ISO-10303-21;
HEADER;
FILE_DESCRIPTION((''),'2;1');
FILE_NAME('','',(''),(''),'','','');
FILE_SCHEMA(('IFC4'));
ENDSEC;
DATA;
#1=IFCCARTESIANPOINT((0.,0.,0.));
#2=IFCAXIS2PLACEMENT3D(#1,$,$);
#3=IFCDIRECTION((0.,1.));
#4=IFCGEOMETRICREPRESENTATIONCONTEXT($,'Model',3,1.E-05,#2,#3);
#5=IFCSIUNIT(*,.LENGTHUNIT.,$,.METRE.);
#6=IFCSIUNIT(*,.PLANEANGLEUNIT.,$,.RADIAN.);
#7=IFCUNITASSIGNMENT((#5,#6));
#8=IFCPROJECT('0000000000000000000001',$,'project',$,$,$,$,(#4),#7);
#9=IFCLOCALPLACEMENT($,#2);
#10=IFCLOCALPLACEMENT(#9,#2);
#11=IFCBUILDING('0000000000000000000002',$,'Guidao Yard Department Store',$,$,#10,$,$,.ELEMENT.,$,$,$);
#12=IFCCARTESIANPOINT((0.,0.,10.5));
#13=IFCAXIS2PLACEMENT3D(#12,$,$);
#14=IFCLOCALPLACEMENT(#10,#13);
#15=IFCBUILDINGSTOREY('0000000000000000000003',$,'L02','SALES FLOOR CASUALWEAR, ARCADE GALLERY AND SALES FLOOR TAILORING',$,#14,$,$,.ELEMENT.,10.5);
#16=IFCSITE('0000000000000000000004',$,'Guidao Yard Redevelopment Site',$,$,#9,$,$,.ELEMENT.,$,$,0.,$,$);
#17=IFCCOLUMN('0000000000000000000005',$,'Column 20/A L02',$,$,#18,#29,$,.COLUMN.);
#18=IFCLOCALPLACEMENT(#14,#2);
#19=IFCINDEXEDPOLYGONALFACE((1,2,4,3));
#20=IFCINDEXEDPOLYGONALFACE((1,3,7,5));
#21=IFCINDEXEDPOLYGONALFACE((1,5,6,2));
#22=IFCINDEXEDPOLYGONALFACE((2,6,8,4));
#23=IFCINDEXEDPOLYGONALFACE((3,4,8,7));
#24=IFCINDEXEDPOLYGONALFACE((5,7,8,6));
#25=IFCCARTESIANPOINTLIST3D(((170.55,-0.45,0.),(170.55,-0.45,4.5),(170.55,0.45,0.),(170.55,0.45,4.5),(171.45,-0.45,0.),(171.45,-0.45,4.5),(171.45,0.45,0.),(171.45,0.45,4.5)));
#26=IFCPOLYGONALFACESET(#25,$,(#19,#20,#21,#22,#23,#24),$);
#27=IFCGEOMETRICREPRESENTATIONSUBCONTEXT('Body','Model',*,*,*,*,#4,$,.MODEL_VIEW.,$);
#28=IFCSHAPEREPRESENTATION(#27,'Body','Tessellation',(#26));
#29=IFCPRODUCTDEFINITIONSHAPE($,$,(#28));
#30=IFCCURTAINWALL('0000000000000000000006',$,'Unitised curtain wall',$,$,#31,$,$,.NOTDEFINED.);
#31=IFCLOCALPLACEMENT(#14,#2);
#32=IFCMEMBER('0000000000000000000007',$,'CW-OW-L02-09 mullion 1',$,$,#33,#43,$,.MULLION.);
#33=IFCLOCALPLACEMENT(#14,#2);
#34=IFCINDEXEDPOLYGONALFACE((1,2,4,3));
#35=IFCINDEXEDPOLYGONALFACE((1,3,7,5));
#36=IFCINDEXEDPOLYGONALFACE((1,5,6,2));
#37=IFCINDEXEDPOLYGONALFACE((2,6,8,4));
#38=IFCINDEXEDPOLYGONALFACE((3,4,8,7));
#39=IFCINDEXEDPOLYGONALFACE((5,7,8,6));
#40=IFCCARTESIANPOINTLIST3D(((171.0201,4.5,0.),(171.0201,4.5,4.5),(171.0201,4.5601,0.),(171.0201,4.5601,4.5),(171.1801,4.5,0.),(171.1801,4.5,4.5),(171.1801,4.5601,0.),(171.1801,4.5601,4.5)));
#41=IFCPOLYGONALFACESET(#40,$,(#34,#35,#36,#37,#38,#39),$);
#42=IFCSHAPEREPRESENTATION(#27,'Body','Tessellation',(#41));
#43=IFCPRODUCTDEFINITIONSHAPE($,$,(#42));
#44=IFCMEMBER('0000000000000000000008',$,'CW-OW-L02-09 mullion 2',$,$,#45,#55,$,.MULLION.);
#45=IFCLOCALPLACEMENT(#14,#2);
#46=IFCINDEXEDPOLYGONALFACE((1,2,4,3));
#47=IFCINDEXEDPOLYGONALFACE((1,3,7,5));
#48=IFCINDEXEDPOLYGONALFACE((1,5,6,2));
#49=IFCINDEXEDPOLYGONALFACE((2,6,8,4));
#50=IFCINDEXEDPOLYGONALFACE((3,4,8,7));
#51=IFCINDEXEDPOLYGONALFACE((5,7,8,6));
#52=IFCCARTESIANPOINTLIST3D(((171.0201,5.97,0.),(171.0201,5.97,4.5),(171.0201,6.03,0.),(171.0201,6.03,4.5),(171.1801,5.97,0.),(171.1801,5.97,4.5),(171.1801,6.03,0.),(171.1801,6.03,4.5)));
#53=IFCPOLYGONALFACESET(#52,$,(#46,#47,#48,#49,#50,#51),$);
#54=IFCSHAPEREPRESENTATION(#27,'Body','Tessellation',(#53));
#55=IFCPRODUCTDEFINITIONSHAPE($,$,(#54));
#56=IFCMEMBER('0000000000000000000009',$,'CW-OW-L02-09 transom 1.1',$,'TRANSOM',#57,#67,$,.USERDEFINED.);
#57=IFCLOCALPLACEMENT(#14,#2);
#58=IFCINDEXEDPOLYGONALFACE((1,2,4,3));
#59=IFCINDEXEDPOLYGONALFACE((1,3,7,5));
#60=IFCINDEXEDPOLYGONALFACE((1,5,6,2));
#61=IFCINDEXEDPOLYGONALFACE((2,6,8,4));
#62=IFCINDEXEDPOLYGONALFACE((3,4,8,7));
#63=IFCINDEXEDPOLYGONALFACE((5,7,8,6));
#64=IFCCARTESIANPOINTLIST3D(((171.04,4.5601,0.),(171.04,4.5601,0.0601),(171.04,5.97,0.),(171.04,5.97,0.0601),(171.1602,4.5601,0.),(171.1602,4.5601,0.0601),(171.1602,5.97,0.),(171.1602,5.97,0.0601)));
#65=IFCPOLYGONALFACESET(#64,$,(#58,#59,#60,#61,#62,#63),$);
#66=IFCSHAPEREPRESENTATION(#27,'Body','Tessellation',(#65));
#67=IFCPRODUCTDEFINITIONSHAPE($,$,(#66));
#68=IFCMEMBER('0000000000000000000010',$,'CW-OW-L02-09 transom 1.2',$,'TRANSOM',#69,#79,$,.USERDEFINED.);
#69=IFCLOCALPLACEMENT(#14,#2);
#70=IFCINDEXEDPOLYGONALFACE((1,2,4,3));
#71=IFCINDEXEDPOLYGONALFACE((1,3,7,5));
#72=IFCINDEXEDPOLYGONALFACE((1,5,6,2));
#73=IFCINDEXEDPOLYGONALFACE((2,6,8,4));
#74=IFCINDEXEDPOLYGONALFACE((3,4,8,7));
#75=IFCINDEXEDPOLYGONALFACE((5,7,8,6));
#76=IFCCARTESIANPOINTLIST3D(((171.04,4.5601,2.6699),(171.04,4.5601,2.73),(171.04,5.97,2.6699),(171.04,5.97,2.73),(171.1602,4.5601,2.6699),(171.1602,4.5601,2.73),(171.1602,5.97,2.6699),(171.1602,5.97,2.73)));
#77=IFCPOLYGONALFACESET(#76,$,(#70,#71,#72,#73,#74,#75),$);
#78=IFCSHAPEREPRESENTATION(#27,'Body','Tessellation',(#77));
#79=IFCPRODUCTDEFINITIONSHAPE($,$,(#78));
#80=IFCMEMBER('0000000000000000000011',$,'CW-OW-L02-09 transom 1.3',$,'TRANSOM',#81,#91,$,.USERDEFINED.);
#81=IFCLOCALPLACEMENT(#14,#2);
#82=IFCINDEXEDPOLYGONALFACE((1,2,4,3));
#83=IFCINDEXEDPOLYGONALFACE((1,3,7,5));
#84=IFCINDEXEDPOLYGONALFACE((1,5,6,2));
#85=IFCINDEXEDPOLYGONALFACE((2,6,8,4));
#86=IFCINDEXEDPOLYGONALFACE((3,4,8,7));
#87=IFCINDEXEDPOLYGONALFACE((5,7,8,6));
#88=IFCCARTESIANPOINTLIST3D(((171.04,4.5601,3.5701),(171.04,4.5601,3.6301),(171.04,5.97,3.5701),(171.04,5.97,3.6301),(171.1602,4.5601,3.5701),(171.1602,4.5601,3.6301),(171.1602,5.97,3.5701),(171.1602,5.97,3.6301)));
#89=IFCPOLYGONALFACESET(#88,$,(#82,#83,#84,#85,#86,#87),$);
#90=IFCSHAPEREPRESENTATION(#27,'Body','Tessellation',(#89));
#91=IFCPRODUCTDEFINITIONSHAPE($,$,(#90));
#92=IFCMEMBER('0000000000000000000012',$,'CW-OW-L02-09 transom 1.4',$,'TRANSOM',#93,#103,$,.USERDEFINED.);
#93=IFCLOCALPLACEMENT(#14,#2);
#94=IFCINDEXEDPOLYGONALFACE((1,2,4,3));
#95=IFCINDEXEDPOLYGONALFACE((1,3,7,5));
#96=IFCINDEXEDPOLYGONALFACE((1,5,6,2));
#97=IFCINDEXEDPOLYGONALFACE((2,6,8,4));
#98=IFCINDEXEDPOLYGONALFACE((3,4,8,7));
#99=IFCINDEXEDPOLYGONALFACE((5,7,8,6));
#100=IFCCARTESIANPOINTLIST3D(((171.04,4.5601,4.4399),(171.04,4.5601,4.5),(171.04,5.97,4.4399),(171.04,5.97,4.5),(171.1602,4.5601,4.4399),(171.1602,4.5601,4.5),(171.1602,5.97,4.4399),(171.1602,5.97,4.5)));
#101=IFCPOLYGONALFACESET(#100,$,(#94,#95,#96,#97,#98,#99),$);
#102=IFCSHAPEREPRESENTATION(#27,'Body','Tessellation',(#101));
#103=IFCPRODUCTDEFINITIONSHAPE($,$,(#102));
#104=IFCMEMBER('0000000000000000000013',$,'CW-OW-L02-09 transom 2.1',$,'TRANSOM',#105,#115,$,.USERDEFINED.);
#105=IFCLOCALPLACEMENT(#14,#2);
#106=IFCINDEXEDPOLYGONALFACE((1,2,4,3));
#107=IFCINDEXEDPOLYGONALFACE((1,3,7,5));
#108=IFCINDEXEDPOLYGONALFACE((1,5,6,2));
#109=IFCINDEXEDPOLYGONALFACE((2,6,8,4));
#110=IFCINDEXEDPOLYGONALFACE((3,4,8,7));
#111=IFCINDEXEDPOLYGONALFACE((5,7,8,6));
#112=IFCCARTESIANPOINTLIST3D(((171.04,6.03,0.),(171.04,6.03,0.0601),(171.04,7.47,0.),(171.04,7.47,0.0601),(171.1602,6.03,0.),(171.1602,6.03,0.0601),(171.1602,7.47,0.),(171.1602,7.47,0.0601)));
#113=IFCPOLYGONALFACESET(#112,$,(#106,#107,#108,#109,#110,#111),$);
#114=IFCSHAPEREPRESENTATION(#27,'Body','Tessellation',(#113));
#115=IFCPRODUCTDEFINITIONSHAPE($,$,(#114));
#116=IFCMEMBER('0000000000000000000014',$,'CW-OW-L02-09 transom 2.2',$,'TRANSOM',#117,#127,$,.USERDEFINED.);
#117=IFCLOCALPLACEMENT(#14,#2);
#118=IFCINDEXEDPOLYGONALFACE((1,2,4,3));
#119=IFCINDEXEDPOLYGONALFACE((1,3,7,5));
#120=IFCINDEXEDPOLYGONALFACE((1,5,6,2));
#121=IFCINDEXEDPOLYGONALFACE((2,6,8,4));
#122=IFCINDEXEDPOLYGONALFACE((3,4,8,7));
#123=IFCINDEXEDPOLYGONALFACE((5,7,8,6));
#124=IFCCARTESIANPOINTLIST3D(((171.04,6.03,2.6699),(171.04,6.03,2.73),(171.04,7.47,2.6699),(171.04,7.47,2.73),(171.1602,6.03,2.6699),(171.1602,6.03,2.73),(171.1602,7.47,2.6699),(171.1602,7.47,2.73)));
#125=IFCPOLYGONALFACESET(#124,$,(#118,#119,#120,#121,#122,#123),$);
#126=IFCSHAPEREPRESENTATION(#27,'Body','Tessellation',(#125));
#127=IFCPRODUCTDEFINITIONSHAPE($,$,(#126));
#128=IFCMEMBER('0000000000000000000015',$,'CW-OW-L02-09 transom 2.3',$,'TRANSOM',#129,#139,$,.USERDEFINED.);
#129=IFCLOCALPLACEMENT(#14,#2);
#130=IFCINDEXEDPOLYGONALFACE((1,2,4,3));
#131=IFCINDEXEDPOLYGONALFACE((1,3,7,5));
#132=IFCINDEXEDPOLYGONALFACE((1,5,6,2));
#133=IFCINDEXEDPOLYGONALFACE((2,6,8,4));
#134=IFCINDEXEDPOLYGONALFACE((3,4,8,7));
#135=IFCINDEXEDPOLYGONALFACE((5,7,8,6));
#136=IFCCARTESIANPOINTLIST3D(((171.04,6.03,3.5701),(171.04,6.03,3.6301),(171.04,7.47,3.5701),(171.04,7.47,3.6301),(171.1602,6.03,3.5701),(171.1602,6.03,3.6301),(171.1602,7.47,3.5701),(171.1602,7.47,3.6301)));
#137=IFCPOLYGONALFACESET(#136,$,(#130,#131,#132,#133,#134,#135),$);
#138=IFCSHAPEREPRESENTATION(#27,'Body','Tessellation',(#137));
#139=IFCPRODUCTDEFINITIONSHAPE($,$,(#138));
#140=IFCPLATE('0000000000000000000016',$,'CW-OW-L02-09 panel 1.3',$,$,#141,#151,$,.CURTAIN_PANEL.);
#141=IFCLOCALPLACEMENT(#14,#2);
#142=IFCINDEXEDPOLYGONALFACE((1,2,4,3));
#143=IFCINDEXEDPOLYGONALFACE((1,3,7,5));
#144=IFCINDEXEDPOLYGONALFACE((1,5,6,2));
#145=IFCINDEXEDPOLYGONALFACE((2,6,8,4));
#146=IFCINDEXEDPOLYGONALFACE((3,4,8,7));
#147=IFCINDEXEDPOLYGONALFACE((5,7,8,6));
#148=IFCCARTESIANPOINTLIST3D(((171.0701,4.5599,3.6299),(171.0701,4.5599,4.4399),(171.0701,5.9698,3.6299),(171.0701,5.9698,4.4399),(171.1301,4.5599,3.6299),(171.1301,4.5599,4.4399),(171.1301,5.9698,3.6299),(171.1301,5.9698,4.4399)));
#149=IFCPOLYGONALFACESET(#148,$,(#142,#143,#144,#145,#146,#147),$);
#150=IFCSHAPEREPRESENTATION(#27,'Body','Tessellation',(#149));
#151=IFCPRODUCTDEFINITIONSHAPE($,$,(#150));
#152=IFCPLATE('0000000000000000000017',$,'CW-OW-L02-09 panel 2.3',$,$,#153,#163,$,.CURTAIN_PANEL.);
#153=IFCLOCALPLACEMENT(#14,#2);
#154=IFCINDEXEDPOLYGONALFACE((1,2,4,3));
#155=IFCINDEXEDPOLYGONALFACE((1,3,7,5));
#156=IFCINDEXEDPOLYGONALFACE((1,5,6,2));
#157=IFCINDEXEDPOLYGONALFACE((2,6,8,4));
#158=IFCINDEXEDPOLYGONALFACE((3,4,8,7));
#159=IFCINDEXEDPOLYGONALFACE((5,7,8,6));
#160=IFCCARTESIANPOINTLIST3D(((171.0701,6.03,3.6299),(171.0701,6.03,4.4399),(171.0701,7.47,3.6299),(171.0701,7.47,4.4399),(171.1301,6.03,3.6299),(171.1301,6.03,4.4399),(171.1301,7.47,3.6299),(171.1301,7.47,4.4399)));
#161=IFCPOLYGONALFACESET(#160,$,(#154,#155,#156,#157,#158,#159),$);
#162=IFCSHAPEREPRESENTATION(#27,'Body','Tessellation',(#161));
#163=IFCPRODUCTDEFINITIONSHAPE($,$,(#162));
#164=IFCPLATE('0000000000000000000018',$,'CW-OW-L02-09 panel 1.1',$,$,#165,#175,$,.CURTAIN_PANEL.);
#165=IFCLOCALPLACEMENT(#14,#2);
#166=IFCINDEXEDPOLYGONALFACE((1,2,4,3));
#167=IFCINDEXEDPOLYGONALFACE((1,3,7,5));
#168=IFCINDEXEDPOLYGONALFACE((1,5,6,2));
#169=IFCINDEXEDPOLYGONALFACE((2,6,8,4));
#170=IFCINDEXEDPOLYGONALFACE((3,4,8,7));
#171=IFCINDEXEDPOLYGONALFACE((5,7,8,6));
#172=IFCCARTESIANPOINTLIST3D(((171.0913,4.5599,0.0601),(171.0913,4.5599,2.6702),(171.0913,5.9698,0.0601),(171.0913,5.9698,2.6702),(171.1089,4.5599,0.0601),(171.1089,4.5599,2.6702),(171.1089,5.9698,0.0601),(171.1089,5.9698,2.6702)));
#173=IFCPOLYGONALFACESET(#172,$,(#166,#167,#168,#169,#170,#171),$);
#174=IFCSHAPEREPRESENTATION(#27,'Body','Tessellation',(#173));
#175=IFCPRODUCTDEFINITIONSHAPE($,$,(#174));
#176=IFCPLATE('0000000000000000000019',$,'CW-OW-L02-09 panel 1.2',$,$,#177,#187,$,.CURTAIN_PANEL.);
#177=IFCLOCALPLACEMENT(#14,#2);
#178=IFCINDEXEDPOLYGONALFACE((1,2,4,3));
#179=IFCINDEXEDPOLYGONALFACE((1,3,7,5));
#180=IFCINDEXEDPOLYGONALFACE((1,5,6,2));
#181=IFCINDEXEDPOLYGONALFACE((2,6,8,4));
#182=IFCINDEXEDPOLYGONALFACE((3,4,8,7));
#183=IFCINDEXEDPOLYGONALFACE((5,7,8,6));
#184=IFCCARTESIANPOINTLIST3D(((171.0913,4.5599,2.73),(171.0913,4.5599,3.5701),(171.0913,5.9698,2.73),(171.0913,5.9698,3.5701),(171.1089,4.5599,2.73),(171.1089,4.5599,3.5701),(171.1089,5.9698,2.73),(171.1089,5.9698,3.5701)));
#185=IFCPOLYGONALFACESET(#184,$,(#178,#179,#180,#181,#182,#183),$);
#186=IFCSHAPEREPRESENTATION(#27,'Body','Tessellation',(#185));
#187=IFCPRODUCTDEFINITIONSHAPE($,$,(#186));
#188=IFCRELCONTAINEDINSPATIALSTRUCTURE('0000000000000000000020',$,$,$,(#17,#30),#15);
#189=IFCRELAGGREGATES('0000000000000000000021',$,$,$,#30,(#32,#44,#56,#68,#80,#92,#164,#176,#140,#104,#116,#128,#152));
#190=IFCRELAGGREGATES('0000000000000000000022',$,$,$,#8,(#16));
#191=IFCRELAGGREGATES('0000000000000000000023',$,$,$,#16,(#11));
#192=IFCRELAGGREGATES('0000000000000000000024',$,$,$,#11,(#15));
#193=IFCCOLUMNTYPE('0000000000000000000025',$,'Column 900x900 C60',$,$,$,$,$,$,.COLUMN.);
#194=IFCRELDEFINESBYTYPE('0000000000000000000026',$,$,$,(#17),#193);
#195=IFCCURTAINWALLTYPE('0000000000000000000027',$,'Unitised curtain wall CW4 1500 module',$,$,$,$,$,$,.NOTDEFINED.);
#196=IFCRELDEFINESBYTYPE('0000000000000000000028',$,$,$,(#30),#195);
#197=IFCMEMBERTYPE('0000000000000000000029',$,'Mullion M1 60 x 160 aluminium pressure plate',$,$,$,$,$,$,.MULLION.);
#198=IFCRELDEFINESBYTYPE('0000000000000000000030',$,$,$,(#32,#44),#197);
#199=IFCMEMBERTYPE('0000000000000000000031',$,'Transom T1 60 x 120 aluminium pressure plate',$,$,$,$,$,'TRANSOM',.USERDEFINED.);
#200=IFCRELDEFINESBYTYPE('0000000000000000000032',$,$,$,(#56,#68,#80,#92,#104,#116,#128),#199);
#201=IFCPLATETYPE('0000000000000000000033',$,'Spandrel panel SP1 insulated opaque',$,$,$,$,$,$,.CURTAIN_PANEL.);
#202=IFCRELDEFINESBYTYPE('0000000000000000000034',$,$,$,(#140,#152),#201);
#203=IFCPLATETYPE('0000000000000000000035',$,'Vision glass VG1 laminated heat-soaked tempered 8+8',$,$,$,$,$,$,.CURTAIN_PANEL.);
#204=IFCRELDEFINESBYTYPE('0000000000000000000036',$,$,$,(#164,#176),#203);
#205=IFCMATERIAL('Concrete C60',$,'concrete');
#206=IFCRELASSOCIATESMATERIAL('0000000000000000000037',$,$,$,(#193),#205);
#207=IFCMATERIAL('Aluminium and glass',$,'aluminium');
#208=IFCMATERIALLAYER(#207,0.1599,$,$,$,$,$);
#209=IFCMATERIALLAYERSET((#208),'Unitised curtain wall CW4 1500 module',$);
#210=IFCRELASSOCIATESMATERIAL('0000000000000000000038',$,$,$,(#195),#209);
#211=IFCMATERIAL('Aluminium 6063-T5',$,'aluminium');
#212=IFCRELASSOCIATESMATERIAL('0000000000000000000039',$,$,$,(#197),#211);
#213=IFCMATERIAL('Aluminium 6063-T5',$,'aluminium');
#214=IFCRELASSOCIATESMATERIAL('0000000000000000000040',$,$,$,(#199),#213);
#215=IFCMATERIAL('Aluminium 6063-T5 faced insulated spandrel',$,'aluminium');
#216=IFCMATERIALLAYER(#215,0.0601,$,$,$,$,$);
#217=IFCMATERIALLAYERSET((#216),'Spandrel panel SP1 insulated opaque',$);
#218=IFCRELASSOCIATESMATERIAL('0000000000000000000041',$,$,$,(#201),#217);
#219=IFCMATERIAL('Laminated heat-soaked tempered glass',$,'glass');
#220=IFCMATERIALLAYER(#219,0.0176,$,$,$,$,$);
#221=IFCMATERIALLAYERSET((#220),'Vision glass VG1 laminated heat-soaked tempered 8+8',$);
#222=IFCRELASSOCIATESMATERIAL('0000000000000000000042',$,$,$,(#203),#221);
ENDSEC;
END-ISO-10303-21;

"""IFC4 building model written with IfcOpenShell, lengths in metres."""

from ifc_helpers import new_model, si_unit, direction, frame, origin, origin_2d, place, context, subcontext, project, spatial, rectangle, extrude, material, layer, layer_set, material_profile, profile_set, type_object, element, aggregate, save


model = new_model("IFC4")

# Units and contexts
model_context = context("Model", 3, precision=1e-05, world=origin(), true_north=direction((0.0, 1.0)))
body_context = subcontext(model_context, "Body", "Model", "MODEL_VIEW")
ifc_project = project(units=[si_unit("LENGTHUNIT", "METRE"), si_unit("PLANEANGLEUNIT", "RADIAN")], contexts=[model_context])

# Site, building, storey
site_placement = place(None, origin())
site = spatial("IfcSite", under=ifc_project, at=site_placement, Name="Guidao Yard Redevelopment Site", CompositionType="ELEMENT", RefElevation=0.0)
building_placement = place(site_placement, origin())
building = spatial("IfcBuilding", under=site, at=building_placement, Name="Guidao Yard Department Store", CompositionType="ELEMENT")
storey_placement = place(building_placement, frame((0.0, 0.0, 10.5)))
storey = spatial("IfcBuildingStorey", under=building, at=storey_placement, Name="L02", Description="SALES FLOOR CASUALWEAR, ARCADE GALLERY AND SALES FLOOR TAILORING", CompositionType="ELEMENT", Elevation=10.5)

# Column
ifc_material_1 = material(Name="Concrete C60", Category="concrete")
ifc_material_profile_1 = material_profile(ifc_material_1, rectangle(XDim=0.8999, YDim=0.8999, at=origin_2d()), Name="COL 900x900")
ifc_profile_set_1 = profile_set([ifc_material_profile_1], Name="Concrete C60")
column_type = type_object("IfcColumnType", Name="Column 900x900 C60", PredefinedType="COLUMN", material=ifc_profile_set_1)
column_placement = place(storey_placement, frame((171.0, 0.0, 0.0), z_axis=(0.0, 0.0, 1.0), x_axis=(1.0, 0.0, 0.0)))
element("IfcColumn", 1, at=column_placement, inside=storey, type_object=column_type, Name="Column 20/A L02", PredefinedType="COLUMN", context=body_context, shape_type="SweptSolid", body=[
    extrude(rectangle(XDim=0.8999, YDim=0.8999, at=origin_2d()), origin(), (0.0, 0.0, 1.0), 4.5),
])

# Curtain wall, members, plates
ifc_material_2 = material(Name="Aluminium and glass", Category="aluminium")
ifc_layer_1 = layer(ifc_material_2, 0.1599)
ifc_layer_set_1 = layer_set([ifc_layer_1], Name="Unitised curtain wall CW4 1500 module")
curtain_wall_type = type_object("IfcCurtainWallType", Name="Unitised curtain wall CW4 1500 module", PredefinedType="NOTDEFINED", material=ifc_layer_set_1)
curtain_wall_placement = place(storey_placement, origin())
curtain_wall = element("IfcCurtainWall", 2, at=curtain_wall_placement, inside=storey, type_object=curtain_wall_type, Name="Unitised curtain wall", PredefinedType="NOTDEFINED")
ifc_material_3 = material(Name="Aluminium 6063-T5", Category="aluminium")
ifc_material_profile_2 = material_profile(ifc_material_3, rectangle(XDim=0.0601, YDim=0.1599, at=origin_2d()), Name="Mullion M1 60 x 160 aluminium pressure plate")
ifc_profile_set_2 = profile_set([ifc_material_profile_2], Name="Aluminium 6063-T5")
member_type_1 = type_object("IfcMemberType", Name="Mullion M1 60 x 160 aluminium pressure plate", PredefinedType="MULLION", material=ifc_profile_set_2)
member_1_placement = place(storey_placement, frame((171.1001, 4.53, 0.0), z_axis=(0.0, 0.0, 1.0), x_axis=(0.0, -1.0, 0.0)))
member_1 = element("IfcMember", 3, at=member_1_placement, type_object=member_type_1, Name="CW-OW-L02-09 mullion 1", PredefinedType="MULLION", context=body_context, shape_type="SweptSolid", body=[
    extrude(rectangle(XDim=0.0601, YDim=0.1599, at=origin_2d()), origin(), (0.0, 0.0, 1.0), 4.5),
])
member_2_placement = place(storey_placement, frame((171.1001, 6.0, 0.0), z_axis=(0.0, 0.0, 1.0), x_axis=(0.0, -1.0, 0.0)))
member_2 = element("IfcMember", 4, at=member_2_placement, type_object=member_type_1, Name="CW-OW-L02-09 mullion 2", PredefinedType="MULLION", context=body_context, shape_type="SweptSolid", body=[
    extrude(rectangle(XDim=0.0601, YDim=0.1599, at=origin_2d()), origin(), (0.0, 0.0, 1.0), 4.5),
])
ifc_material_4 = material(Name="Aluminium 6063-T5", Category="aluminium")
ifc_material_profile_3 = material_profile(ifc_material_4, rectangle(XDim=0.1201, YDim=0.0601, at=origin_2d()), Name="Transom T1 60 x 120 aluminium pressure plate")
ifc_profile_set_3 = profile_set([ifc_material_profile_3], Name="Aluminium 6063-T5")
member_type_2 = type_object("IfcMemberType", Name="Transom T1 60 x 120 aluminium pressure plate", ElementType="TRANSOM", PredefinedType="USERDEFINED", material=ifc_profile_set_3)
member_3_placement = place(storey_placement, frame((171.1001, 5.97, 0.03), z_axis=(0.0, -1.0, 0.0), x_axis=(1.0, 0.0, 0.0)))
member_3 = element("IfcMember", 5, at=member_3_placement, type_object=member_type_2, Name="CW-OW-L02-09 transom 1.1", ObjectType="TRANSOM", PredefinedType="USERDEFINED", context=body_context, shape_type="SweptSolid", body=[
    extrude(rectangle(XDim=0.1201, YDim=0.0601, at=origin_2d()), origin(), (0.0, 0.0, 1.0), 1.4099),
])
member_4_placement = place(storey_placement, frame((171.1001, 5.97, 2.7), z_axis=(0.0, -1.0, 0.0), x_axis=(1.0, 0.0, 0.0)))
member_4 = element("IfcMember", 6, at=member_4_placement, type_object=member_type_2, Name="CW-OW-L02-09 transom 1.2", ObjectType="TRANSOM", PredefinedType="USERDEFINED", context=body_context, shape_type="SweptSolid", body=[
    extrude(rectangle(XDim=0.1201, YDim=0.0601, at=origin_2d()), origin(), (0.0, 0.0, 1.0), 1.4099),
])
member_5_placement = place(storey_placement, frame((171.1001, 5.97, 3.6001), z_axis=(0.0, -1.0, 0.0), x_axis=(1.0, 0.0, 0.0)))
member_5 = element("IfcMember", 7, at=member_5_placement, type_object=member_type_2, Name="CW-OW-L02-09 transom 1.3", ObjectType="TRANSOM", PredefinedType="USERDEFINED", context=body_context, shape_type="SweptSolid", body=[
    extrude(rectangle(XDim=0.1201, YDim=0.0601, at=origin_2d()), origin(), (0.0, 0.0, 1.0), 1.4099),
])
member_6_placement = place(storey_placement, frame((171.1001, 5.97, 4.47), z_axis=(0.0, -1.0, 0.0), x_axis=(1.0, 0.0, 0.0)))
member_6 = element("IfcMember", 8, at=member_6_placement, type_object=member_type_2, Name="CW-OW-L02-09 transom 1.4", ObjectType="TRANSOM", PredefinedType="USERDEFINED", context=body_context, shape_type="SweptSolid", body=[
    extrude(rectangle(XDim=0.1201, YDim=0.0601, at=origin_2d()), origin(), (0.0, 0.0, 1.0), 1.4099),
])
member_7_placement = place(storey_placement, frame((171.1001, 7.47, 0.03), z_axis=(0.0, -1.0, 0.0), x_axis=(1.0, 0.0, 0.0)))
member_7 = element("IfcMember", 9, at=member_7_placement, type_object=member_type_2, Name="CW-OW-L02-09 transom 2.1", ObjectType="TRANSOM", PredefinedType="USERDEFINED", context=body_context, shape_type="SweptSolid", body=[
    extrude(rectangle(XDim=0.1201, YDim=0.0601, at=origin_2d()), origin(), (0.0, 0.0, 1.0), 1.4399),
])
member_8_placement = place(storey_placement, frame((171.1001, 7.47, 2.7), z_axis=(0.0, -1.0, 0.0), x_axis=(1.0, 0.0, 0.0)))
member_8 = element("IfcMember", 10, at=member_8_placement, type_object=member_type_2, Name="CW-OW-L02-09 transom 2.2", ObjectType="TRANSOM", PredefinedType="USERDEFINED", context=body_context, shape_type="SweptSolid", body=[
    extrude(rectangle(XDim=0.1201, YDim=0.0601, at=origin_2d()), origin(), (0.0, 0.0, 1.0), 1.4399),
])
member_9_placement = place(storey_placement, frame((171.1001, 7.47, 3.6001), z_axis=(0.0, -1.0, 0.0), x_axis=(1.0, 0.0, 0.0)))
member_9 = element("IfcMember", 11, at=member_9_placement, type_object=member_type_2, Name="CW-OW-L02-09 transom 2.3", ObjectType="TRANSOM", PredefinedType="USERDEFINED", context=body_context, shape_type="SweptSolid", body=[
    extrude(rectangle(XDim=0.1201, YDim=0.0601, at=origin_2d()), origin(), (0.0, 0.0, 1.0), 1.4399),
])
ifc_material_5 = material(Name="Aluminium 6063-T5 faced insulated spandrel", Category="aluminium")
ifc_layer_2 = layer(ifc_material_5, 0.0601)
ifc_layer_set_2 = layer_set([ifc_layer_2], Name="Spandrel panel SP1 insulated opaque")
plate_type_1 = type_object("IfcPlateType", Name="Spandrel panel SP1 insulated opaque", PredefinedType="CURTAIN_PANEL", material=ifc_layer_set_2)
plate_1_placement = place(storey_placement, frame((171.1001, 5.2649, 3.6299), z_axis=(0.0, 0.0, 1.0), x_axis=(0.0, -1.0, 0.0)))
plate_1 = element("IfcPlate", 12, at=plate_1_placement, type_object=plate_type_1, Name="CW-OW-L02-09 panel 1.3", PredefinedType="CURTAIN_PANEL", context=body_context, shape_type="SweptSolid", body=[
    extrude(rectangle(XDim=1.4099, YDim=0.0601, at=origin_2d()), origin(), (0.0, 0.0, 1.0), 0.8101),
])
plate_2_placement = place(storey_placement, frame((171.1001, 6.75, 3.6299), z_axis=(0.0, 0.0, 1.0), x_axis=(0.0, -1.0, 0.0)))
plate_2 = element("IfcPlate", 13, at=plate_2_placement, type_object=plate_type_1, Name="CW-OW-L02-09 panel 2.3", PredefinedType="CURTAIN_PANEL", context=body_context, shape_type="SweptSolid", body=[
    extrude(rectangle(XDim=1.4399, YDim=0.0601, at=origin_2d()), origin(), (0.0, 0.0, 1.0), 0.8101),
])
ifc_material_6 = material(Name="Laminated heat-soaked tempered glass", Category="glass")
ifc_layer_3 = layer(ifc_material_6, 0.0176)
ifc_layer_set_3 = layer_set([ifc_layer_3], Name="Vision glass VG1 laminated heat-soaked tempered 8+8")
plate_type_2 = type_object("IfcPlateType", Name="Vision glass VG1 laminated heat-soaked tempered 8+8", PredefinedType="CURTAIN_PANEL", material=ifc_layer_set_3)
plate_3_placement = place(storey_placement, frame((171.1001, 5.2649, 0.0601), z_axis=(0.0, 0.0, 1.0), x_axis=(0.0, -1.0, 0.0)))
plate_3 = element("IfcPlate", 14, at=plate_3_placement, type_object=plate_type_2, Name="CW-OW-L02-09 panel 1.1", PredefinedType="CURTAIN_PANEL", context=body_context, shape_type="SweptSolid", body=[
    extrude(rectangle(XDim=1.4099, YDim=0.0176, at=origin_2d()), origin(), (0.0, 0.0, 1.0), 2.6101),
])
plate_4_placement = place(storey_placement, frame((171.1001, 5.2649, 2.73), z_axis=(0.0, 0.0, 1.0), x_axis=(0.0, -1.0, 0.0)))
plate_4 = element("IfcPlate", 15, at=plate_4_placement, type_object=plate_type_2, Name="CW-OW-L02-09 panel 1.2", PredefinedType="CURTAIN_PANEL", context=body_context, shape_type="SweptSolid", body=[
    extrude(rectangle(XDim=1.4099, YDim=0.0176, at=origin_2d()), origin(), (0.0, 0.0, 1.0), 0.8401),
])
aggregate(curtain_wall, [member_1, member_2, member_3, member_4, member_5, member_6, plate_3, plate_4, plate_1, member_7, member_8, member_9, plate_2])

save(model, "model.ifc")
